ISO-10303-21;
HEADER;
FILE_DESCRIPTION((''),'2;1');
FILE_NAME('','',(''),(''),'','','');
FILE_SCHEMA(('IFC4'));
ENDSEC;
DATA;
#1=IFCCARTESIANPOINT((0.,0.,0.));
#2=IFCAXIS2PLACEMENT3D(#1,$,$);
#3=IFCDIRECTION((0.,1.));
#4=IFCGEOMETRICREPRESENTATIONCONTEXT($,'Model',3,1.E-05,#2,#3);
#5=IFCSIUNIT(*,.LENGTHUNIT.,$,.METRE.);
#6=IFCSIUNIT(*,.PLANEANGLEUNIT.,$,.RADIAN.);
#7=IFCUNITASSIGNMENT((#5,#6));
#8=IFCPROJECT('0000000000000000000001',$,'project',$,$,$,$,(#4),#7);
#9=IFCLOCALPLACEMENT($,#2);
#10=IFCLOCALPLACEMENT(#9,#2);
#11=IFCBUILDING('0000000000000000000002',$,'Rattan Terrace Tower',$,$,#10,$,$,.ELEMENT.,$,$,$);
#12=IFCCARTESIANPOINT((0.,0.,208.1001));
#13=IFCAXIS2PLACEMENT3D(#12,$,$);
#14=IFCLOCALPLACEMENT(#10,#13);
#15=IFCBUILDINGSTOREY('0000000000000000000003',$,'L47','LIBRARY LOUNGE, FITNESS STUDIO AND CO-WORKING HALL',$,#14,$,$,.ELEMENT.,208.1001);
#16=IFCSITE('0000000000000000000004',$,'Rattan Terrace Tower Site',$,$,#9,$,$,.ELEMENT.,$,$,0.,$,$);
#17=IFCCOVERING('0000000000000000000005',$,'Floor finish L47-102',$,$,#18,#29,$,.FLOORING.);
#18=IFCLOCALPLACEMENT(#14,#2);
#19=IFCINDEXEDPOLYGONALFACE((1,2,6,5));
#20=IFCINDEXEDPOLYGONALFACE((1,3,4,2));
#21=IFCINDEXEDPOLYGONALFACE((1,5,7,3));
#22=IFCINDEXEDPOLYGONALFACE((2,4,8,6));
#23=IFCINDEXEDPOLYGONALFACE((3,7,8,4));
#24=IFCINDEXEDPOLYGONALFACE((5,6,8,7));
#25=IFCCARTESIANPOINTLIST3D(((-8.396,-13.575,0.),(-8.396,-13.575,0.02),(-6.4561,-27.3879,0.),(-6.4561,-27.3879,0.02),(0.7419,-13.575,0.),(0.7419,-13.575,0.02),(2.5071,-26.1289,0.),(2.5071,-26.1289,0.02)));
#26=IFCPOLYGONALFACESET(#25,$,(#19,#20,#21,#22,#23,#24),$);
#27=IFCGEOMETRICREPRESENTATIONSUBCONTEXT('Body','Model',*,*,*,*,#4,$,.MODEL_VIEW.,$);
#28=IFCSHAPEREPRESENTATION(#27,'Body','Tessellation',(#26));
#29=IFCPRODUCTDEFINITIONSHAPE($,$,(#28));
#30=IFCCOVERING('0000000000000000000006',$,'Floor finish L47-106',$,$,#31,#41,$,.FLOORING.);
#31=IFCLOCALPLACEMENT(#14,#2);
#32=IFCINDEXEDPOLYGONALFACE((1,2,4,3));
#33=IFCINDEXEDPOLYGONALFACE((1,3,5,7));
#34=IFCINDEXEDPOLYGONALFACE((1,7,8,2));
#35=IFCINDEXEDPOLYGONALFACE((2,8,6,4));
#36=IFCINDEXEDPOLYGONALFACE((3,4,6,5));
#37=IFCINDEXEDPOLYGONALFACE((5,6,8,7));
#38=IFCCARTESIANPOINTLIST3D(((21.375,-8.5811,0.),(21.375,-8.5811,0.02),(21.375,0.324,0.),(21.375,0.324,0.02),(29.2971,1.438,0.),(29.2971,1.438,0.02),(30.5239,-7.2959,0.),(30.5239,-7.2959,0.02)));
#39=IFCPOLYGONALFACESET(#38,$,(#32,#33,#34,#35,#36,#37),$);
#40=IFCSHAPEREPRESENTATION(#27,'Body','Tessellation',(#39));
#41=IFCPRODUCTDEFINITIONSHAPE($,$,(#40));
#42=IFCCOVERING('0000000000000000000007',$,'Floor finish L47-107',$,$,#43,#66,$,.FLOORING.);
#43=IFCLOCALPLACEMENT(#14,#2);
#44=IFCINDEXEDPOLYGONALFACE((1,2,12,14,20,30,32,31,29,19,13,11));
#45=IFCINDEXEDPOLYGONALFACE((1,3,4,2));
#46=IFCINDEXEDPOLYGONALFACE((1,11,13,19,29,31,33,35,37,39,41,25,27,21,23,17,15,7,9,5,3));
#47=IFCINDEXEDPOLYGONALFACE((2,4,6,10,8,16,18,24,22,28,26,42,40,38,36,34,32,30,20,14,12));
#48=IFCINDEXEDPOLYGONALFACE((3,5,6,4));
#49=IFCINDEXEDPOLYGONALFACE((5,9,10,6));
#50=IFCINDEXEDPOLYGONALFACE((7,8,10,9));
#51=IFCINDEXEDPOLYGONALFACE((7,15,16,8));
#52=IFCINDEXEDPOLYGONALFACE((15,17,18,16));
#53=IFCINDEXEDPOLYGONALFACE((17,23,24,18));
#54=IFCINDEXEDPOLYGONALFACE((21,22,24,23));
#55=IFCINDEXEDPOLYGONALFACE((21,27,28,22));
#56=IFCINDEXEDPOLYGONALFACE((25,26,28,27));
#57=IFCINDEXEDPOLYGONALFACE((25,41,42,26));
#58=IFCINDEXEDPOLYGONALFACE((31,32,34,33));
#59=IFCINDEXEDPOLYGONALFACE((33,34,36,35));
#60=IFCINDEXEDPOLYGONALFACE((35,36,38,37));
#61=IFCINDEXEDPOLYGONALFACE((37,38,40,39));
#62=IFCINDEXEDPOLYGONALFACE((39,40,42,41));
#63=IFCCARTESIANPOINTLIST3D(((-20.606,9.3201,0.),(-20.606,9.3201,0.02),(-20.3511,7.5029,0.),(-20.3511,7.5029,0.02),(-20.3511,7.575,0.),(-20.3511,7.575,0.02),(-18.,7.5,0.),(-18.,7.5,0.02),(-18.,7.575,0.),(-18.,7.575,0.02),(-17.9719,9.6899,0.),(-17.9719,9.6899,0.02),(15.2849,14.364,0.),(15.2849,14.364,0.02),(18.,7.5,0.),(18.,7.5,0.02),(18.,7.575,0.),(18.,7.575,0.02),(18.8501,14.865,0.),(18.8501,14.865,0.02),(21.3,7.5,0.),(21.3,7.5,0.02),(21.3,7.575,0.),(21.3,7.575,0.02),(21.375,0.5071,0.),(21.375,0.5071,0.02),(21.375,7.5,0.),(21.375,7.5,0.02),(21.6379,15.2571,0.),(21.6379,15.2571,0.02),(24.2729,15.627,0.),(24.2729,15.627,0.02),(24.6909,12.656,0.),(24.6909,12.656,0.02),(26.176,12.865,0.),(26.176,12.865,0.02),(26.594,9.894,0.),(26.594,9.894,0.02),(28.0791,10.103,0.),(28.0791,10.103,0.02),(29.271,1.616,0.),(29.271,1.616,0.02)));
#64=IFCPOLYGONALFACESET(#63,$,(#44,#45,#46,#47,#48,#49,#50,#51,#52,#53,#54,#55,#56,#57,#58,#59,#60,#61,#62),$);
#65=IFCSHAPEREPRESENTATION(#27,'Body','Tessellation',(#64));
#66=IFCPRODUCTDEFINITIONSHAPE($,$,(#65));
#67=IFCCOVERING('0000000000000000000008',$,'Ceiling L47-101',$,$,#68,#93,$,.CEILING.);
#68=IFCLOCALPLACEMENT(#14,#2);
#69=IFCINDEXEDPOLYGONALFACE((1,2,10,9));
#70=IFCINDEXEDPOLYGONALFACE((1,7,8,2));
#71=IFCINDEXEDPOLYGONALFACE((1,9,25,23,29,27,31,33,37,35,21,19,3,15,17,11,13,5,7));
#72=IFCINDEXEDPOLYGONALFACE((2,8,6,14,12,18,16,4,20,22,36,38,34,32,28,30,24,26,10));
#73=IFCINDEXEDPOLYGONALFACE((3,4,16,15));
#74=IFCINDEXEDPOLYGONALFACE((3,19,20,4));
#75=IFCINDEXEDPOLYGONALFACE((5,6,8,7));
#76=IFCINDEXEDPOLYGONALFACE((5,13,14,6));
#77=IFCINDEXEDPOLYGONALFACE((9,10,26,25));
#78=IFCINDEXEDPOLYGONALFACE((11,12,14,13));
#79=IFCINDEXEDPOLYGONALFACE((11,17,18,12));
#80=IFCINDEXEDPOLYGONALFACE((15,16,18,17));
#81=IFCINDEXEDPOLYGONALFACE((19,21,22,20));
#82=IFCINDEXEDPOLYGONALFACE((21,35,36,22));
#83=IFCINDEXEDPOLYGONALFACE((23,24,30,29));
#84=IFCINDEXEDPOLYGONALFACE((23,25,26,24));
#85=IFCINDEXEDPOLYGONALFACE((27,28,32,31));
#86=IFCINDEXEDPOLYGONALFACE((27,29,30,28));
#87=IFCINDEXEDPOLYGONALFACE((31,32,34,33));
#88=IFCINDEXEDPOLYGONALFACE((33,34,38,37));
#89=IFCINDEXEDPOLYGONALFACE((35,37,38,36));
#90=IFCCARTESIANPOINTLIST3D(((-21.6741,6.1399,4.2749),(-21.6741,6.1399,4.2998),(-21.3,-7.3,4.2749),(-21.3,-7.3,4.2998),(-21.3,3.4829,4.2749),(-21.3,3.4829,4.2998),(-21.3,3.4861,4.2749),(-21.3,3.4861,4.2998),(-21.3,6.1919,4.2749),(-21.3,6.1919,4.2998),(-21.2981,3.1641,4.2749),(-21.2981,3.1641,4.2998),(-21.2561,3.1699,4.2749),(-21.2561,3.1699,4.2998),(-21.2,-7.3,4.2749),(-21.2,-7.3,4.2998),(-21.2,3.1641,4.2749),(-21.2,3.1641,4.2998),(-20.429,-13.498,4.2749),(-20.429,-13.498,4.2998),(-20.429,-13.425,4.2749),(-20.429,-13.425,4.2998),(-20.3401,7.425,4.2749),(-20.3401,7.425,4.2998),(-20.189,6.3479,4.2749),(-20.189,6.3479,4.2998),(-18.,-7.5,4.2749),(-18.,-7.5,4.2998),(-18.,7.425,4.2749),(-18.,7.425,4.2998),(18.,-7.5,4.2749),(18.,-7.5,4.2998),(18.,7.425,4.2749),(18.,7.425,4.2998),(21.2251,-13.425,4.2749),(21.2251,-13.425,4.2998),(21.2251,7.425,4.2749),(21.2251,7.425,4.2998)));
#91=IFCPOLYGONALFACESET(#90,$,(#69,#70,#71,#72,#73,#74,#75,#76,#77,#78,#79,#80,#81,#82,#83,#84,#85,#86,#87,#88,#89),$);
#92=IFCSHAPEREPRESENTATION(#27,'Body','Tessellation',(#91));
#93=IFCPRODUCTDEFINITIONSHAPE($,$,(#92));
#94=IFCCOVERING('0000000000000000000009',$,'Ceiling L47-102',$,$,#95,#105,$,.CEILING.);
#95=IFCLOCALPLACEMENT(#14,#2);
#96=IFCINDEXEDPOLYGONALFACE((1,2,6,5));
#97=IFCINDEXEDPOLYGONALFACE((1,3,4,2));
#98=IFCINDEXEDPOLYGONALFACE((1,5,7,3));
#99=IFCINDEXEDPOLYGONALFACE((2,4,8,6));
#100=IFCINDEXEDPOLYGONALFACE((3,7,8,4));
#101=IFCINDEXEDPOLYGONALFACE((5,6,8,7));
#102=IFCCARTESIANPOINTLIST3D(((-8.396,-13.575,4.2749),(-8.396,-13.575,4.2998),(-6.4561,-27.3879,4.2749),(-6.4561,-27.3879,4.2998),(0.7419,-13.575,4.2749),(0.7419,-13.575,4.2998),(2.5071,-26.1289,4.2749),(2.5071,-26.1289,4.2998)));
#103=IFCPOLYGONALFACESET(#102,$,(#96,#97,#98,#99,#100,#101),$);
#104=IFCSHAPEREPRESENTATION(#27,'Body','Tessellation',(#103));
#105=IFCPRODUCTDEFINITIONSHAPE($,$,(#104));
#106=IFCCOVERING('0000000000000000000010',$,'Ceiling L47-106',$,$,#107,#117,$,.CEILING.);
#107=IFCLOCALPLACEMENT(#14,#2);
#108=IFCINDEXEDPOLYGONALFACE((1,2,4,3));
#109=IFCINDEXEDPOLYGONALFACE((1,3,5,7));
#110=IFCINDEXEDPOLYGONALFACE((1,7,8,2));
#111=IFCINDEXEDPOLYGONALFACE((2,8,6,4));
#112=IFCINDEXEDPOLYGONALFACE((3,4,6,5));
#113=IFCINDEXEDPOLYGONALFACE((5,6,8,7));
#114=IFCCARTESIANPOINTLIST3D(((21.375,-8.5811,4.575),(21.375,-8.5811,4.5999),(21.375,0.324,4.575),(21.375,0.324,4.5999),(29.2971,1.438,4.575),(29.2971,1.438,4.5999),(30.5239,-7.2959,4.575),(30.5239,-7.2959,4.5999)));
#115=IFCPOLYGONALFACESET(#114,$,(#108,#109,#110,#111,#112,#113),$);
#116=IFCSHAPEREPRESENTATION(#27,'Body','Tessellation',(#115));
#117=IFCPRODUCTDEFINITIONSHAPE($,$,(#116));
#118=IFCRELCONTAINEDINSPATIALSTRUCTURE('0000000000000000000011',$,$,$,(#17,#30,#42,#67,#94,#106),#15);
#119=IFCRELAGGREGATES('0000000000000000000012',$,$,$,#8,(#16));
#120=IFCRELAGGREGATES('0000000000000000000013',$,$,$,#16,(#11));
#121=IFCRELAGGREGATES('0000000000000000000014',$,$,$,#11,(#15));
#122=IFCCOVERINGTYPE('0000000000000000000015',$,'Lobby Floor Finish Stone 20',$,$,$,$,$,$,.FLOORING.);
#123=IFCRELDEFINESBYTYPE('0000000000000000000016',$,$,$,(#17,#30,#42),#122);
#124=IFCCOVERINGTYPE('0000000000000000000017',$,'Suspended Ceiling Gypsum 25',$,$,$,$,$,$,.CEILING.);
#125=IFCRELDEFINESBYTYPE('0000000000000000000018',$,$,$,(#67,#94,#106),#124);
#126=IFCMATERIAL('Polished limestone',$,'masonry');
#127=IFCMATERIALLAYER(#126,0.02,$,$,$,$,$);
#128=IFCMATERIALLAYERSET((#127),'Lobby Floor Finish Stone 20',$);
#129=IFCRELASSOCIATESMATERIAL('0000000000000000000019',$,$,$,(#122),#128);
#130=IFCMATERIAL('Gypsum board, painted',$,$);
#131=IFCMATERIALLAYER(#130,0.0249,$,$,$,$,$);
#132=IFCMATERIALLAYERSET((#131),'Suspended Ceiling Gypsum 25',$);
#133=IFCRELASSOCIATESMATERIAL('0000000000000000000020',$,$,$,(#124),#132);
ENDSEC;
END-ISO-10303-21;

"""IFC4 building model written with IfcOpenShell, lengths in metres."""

from ifc_helpers import new_model, si_unit, direction, frame, origin, place, context, subcontext, project, spatial, polyline, outline, extrude, material, layer, layer_set, type_object, element, save


model = new_model("IFC4")

# Units and contexts
model_context = context("Model", 3, precision=1e-05, world=origin(), true_north=direction((0.0, 1.0)))
body_context = subcontext(model_context, "Body", "Model", "MODEL_VIEW")
ifc_project = project(units=[si_unit("LENGTHUNIT", "METRE"), si_unit("PLANEANGLEUNIT", "RADIAN")], contexts=[model_context])

# Site, building, storey
site_placement = place(None, origin())
site = spatial("IfcSite", under=ifc_project, at=site_placement, Name="Rattan Terrace Tower Site", CompositionType="ELEMENT", RefElevation=0.0)
building_placement = place(site_placement, origin())
building = spatial("IfcBuilding", under=site, at=building_placement, Name="Rattan Terrace Tower", CompositionType="ELEMENT")
storey_placement = place(building_placement, frame((0.0, 0.0, 208.1001)))
storey = spatial("IfcBuildingStorey", under=building, at=storey_placement, Name="L47", Description="LIBRARY LOUNGE, FITNESS STUDIO AND CO-WORKING HALL", CompositionType="ELEMENT", Elevation=208.1001)

# Coverings
ifc_material_1 = material(Name="Polished limestone", Category="masonry")
ifc_layer_1 = layer(ifc_material_1, 0.02)
ifc_layer_set_1 = layer_set([ifc_layer_1], Name="Lobby Floor Finish Stone 20")
covering_type_1 = type_object("IfcCoveringType", Name="Lobby Floor Finish Stone 20", PredefinedType="FLOORING", material=ifc_layer_set_1)
covering_1_placement = place(storey_placement, origin())
element("IfcCovering", 1, at=covering_1_placement, inside=storey, type_object=covering_type_1, Name="Floor finish L47-102", PredefinedType="FLOORING", context=body_context, shape_type="SweptSolid", body=[
    extrude(outline(polyline([(-8.396, -13.575), (-6.4561, -27.3879), (2.5071, -26.1289), (0.7419, -13.575), (-8.396, -13.575)])), origin(), (0.0, 0.0, 1.0), 0.02),
])
covering_2_placement = place(storey_placement, origin())
element("IfcCovering", 2, at=covering_2_placement, inside=storey, type_object=covering_type_1, Name="Floor finish L47-106", PredefinedType="FLOORING", context=body_context, shape_type="SweptSolid", body=[
    extrude(outline(polyline([(21.375, -8.5811), (30.5239, -7.2959), (29.2971, 1.438), (21.375, 0.324), (21.375, -8.5811)])), origin(), (0.0, 0.0, 1.0), 0.02),
])
covering_3_placement = place(storey_placement, origin())
element("IfcCovering", 3, at=covering_3_placement, inside=storey, type_object=covering_type_1, Name="Floor finish L47-107", PredefinedType="FLOORING", context=body_context, shape_type="SweptSolid", body=[
    extrude(outline(polyline([(-17.9719, 9.6899), (-20.606, 9.3201), (-20.3511, 7.5029), (-20.3511, 7.575), (-18.0, 7.575), (-18.0, 7.5), (18.0, 7.5), (18.0, 7.575), (21.3, 7.575), (21.3, 7.5), (21.375, 7.5), (21.375, 0.5071), (29.271, 1.616), (28.0791, 10.103), (26.594, 9.894), (26.176, 12.865), (24.6909, 12.656), (24.2729, 15.627), (21.6379, 15.2571), (18.8501, 14.865), (15.2849, 14.364), (-17.9719, 9.6899)])), origin(), (0.0, 0.0, 1.0), 0.02),
])
ifc_material_2 = material(Name="Gypsum board, painted")
ifc_layer_2 = layer(ifc_material_2, 0.0249)
ifc_layer_set_2 = layer_set([ifc_layer_2], Name="Suspended Ceiling Gypsum 25")
covering_type_2 = type_object("IfcCoveringType", Name="Suspended Ceiling Gypsum 25", PredefinedType="CEILING", material=ifc_layer_set_2)
covering_4_placement = place(storey_placement, frame((0.0, 0.0, 4.2749)))
element("IfcCovering", 4, at=covering_4_placement, inside=storey, type_object=covering_type_2, Name="Ceiling L47-101", PredefinedType="CEILING", context=body_context, shape_type="SweptSolid", body=[
    extrude(outline(polyline([(-21.6741, 6.1399), (-21.3, 3.4861), (-21.3, 3.4829), (-21.2561, 3.1699), (-21.2981, 3.1641), (-21.2, 3.1641), (-21.2, -7.3), (-21.3, -7.3), (-20.429, -13.498), (-20.429, -13.425), (21.2251, -13.425), (21.2251, 7.425), (18.0, 7.425), (18.0, -7.5), (-18.0, -7.5), (-18.0, 7.425), (-20.3401, 7.425), (-20.189, 6.3479), (-21.3, 6.1919), (-21.6741, 6.1399)])), origin(), (0.0, 0.0, 1.0), 0.0249),
])
covering_5_placement = place(storey_placement, frame((0.0, 0.0, 4.2749)))
element("IfcCovering", 5, at=covering_5_placement, inside=storey, type_object=covering_type_2, Name="Ceiling L47-102", PredefinedType="CEILING", context=body_context, shape_type="SweptSolid", body=[
    extrude(outline(polyline([(-8.396, -13.575), (-6.4561, -27.3879), (2.5071, -26.1289), (0.7419, -13.575), (-8.396, -13.575)])), origin(), (0.0, 0.0, 1.0), 0.0249),
])
covering_6_placement = place(storey_placement, frame((0.0, 0.0, 4.575)))
element("IfcCovering", 6, at=covering_6_placement, inside=storey, type_object=covering_type_2, Name="Ceiling L47-106", PredefinedType="CEILING", context=body_context, shape_type="SweptSolid", body=[
    extrude(outline(polyline([(21.375, -8.5811), (30.5239, -7.2959), (29.2971, 1.438), (21.375, 0.324), (21.375, -8.5811)])), origin(), (0.0, 0.0, 1.0), 0.0249),
])

save(model, "model.ifc")
